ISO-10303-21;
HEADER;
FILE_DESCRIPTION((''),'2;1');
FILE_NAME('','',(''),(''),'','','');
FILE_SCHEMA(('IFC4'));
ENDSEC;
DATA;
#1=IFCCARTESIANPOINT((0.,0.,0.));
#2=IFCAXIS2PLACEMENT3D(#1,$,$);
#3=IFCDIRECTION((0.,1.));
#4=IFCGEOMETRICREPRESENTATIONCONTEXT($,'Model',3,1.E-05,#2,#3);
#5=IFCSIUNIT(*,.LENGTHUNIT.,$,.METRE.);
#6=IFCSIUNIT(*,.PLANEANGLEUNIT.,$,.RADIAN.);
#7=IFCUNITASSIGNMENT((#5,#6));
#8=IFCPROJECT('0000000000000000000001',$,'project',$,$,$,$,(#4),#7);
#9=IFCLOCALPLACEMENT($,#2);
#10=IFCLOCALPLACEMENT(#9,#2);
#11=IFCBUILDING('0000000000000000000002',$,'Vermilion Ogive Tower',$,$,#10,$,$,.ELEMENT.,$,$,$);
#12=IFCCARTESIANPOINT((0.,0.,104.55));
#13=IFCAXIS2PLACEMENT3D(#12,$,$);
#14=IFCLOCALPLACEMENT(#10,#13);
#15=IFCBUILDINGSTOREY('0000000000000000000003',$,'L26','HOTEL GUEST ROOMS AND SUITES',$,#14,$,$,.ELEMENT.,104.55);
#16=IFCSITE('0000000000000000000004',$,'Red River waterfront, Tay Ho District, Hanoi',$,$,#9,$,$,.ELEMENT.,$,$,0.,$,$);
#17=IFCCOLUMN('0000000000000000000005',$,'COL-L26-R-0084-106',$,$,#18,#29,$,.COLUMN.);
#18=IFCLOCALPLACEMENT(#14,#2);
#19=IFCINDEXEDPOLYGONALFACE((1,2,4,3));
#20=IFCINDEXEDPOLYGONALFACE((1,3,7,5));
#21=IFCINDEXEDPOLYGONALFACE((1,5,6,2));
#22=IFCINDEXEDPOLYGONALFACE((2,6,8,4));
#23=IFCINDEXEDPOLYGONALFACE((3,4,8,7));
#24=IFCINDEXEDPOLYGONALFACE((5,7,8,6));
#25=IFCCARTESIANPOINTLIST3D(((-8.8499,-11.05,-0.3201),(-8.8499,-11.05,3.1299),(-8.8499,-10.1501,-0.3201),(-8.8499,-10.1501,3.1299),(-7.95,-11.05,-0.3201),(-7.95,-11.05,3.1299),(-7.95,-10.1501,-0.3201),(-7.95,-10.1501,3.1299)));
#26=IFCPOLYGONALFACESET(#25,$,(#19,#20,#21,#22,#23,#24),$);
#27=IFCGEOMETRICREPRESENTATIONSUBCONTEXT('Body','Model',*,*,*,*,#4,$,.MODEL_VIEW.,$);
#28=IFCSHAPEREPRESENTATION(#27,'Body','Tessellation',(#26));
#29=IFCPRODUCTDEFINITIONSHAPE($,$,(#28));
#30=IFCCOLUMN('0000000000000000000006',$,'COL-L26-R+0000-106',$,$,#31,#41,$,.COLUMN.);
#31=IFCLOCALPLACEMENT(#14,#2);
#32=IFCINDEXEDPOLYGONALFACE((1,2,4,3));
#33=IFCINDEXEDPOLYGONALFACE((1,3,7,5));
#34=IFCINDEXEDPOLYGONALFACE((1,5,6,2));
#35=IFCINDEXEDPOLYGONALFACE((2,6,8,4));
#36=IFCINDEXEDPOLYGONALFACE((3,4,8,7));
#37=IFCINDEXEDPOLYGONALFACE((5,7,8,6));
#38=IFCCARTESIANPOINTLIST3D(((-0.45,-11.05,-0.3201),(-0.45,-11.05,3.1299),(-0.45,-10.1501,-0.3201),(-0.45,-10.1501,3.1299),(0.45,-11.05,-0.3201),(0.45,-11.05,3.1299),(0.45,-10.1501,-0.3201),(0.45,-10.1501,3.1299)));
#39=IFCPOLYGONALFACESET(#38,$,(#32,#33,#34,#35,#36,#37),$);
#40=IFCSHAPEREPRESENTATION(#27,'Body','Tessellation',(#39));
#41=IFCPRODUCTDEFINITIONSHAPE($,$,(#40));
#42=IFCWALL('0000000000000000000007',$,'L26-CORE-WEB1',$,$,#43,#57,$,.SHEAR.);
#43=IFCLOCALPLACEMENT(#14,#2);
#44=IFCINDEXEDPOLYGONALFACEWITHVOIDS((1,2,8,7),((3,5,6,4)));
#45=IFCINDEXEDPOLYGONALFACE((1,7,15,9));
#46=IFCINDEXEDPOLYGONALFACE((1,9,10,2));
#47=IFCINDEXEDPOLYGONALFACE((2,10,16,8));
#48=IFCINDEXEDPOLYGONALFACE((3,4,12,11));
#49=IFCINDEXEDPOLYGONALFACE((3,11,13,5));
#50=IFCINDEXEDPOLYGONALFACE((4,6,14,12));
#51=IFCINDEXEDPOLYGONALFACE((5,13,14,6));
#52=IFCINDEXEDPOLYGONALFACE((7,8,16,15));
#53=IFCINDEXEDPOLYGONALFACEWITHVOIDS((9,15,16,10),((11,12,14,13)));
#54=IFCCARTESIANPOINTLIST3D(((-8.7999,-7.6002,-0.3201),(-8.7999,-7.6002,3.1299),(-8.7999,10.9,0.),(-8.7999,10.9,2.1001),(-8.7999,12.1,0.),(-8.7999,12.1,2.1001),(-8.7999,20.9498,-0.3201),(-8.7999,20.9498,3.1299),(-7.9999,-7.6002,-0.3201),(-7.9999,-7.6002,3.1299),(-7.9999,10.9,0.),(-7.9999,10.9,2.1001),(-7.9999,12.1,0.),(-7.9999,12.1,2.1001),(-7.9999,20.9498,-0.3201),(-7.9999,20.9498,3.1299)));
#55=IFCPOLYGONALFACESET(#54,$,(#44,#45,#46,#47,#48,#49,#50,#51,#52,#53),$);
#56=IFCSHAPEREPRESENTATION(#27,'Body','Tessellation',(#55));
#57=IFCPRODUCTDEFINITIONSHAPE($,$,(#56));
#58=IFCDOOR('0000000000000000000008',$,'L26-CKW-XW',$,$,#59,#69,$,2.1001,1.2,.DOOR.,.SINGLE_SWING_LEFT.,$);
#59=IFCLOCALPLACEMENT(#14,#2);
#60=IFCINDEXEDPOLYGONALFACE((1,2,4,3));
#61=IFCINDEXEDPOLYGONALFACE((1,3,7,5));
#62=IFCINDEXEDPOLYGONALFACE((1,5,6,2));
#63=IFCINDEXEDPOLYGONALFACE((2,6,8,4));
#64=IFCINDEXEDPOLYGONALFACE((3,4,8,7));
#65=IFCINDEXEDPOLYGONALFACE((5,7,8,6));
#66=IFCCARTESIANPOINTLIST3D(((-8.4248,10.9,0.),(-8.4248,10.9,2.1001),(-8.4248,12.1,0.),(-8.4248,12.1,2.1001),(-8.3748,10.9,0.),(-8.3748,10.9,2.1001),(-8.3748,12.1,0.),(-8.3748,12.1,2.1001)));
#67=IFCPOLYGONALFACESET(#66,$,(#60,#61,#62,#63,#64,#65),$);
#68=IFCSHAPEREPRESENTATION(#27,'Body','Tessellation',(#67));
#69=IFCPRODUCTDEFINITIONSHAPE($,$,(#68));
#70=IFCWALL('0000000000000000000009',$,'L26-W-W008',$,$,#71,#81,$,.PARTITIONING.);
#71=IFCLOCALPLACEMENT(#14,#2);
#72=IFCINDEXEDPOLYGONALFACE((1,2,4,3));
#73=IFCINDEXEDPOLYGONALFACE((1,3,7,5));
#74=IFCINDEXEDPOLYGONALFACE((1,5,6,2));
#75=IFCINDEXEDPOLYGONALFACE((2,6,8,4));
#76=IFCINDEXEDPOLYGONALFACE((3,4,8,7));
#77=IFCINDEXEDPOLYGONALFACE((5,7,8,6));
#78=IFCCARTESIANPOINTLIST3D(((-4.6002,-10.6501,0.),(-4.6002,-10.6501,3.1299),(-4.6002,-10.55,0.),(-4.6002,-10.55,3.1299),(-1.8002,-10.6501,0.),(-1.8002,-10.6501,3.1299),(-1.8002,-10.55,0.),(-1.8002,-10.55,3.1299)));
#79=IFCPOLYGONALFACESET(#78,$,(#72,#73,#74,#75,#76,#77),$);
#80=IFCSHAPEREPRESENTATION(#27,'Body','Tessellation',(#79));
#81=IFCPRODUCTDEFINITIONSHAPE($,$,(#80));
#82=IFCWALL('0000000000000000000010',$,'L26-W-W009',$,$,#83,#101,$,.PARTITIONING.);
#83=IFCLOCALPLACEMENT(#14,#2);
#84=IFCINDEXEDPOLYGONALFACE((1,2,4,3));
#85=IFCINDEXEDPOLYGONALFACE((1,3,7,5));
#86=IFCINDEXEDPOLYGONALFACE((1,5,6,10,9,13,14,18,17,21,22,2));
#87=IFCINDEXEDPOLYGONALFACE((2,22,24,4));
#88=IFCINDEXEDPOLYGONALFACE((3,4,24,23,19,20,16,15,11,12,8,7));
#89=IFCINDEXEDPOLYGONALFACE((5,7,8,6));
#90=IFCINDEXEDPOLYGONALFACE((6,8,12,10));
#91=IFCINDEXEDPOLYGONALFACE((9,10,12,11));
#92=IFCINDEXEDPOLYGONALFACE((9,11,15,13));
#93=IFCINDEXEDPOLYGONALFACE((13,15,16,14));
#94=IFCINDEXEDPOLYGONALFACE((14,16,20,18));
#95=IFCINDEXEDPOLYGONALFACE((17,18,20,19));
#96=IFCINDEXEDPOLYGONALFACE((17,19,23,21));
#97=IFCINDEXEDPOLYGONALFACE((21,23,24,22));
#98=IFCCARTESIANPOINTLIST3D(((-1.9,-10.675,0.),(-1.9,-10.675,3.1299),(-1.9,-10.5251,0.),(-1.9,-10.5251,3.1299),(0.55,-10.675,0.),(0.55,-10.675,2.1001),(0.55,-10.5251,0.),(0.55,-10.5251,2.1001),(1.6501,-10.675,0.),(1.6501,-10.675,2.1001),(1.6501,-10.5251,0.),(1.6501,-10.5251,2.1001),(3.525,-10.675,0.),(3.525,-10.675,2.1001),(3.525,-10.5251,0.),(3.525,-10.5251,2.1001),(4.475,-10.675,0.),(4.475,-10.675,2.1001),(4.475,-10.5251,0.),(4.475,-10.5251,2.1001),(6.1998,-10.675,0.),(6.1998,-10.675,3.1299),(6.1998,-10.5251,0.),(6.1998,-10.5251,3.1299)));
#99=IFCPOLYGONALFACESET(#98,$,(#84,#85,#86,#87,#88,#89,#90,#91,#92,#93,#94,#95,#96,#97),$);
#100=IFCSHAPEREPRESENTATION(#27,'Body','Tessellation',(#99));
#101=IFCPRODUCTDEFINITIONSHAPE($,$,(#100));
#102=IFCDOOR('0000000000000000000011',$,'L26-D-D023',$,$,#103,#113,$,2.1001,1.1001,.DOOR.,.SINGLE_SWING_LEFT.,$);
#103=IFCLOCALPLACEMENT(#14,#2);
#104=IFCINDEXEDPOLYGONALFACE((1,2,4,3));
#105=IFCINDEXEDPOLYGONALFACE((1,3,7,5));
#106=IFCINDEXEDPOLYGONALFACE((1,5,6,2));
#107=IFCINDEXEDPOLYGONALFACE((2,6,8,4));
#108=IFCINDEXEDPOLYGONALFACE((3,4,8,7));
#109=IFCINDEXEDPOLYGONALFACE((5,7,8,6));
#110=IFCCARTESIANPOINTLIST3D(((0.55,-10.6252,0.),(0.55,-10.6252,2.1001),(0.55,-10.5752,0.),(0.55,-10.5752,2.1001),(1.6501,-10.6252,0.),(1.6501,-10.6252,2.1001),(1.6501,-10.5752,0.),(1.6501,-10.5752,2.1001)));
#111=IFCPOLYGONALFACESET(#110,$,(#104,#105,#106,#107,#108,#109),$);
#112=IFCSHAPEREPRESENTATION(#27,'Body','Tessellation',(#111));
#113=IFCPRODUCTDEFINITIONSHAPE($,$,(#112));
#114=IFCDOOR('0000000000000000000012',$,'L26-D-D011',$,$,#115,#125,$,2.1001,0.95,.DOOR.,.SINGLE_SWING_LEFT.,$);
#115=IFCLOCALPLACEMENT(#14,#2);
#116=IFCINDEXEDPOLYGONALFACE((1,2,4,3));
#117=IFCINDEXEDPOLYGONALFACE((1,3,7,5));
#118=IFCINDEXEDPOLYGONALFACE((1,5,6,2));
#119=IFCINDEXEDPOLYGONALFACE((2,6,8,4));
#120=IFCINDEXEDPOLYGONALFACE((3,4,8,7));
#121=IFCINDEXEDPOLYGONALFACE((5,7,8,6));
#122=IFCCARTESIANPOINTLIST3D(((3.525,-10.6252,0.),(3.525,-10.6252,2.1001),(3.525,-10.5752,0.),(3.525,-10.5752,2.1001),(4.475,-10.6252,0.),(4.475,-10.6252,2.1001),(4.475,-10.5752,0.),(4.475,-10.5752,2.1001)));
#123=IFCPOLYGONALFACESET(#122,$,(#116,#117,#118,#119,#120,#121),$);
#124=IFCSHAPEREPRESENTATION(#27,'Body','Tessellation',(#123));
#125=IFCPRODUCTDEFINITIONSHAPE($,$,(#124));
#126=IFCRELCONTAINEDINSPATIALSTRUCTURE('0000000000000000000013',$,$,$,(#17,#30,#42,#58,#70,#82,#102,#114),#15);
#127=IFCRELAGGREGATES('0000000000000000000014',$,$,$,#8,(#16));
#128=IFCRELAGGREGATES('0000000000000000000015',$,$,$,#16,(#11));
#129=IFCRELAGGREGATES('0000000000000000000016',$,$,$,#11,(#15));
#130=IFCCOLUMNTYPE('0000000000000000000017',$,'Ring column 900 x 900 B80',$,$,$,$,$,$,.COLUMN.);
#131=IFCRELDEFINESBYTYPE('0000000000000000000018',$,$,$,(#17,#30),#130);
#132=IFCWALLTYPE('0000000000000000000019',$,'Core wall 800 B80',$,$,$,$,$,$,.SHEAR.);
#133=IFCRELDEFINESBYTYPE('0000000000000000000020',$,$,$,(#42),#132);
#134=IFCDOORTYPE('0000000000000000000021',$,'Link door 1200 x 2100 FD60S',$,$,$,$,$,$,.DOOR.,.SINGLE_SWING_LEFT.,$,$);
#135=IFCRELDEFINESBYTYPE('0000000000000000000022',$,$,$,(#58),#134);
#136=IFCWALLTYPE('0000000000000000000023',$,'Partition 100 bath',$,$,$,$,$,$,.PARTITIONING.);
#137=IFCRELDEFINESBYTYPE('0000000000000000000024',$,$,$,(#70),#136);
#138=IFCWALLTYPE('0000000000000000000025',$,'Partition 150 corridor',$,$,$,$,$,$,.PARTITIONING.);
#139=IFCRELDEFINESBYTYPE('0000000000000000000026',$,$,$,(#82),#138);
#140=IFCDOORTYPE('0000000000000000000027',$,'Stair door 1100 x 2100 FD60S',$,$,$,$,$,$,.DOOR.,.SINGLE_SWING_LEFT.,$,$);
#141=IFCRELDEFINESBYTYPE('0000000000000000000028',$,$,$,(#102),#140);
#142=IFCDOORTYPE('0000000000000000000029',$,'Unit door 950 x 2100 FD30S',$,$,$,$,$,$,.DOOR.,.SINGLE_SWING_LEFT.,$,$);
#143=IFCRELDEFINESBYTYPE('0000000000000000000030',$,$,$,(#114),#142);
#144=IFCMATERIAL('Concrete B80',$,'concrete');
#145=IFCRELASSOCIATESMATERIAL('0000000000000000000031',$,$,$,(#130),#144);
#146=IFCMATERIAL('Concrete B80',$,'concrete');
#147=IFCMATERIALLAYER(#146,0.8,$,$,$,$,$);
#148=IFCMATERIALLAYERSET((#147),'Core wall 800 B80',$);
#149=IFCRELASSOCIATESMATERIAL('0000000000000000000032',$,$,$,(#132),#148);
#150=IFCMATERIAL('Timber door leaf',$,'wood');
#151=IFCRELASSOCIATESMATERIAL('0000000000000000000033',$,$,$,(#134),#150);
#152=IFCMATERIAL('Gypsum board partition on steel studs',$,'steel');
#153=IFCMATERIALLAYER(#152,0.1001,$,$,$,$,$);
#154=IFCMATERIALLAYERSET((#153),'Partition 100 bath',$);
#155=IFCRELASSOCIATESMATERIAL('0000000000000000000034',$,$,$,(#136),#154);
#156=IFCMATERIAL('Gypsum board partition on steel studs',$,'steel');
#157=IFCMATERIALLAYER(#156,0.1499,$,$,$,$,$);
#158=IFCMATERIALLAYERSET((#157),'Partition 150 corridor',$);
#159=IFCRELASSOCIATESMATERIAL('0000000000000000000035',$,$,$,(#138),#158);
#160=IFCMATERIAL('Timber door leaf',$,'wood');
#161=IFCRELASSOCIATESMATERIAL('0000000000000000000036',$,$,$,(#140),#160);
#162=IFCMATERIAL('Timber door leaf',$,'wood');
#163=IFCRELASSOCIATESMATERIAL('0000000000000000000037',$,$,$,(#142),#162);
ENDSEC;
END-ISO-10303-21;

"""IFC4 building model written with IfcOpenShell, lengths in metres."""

from ifc_helpers import new_model, si_unit, direction, frame, frame_2d, origin, origin_2d, place, context, subcontext, project, spatial, rectangle, extrude, material, layer, layer_set, material_profile, profile_set, type_object, element, fill, save


model = new_model("IFC4")

# Units and contexts
model_context = context("Model", 3, precision=1e-05, world=origin(), true_north=direction((0.0, 1.0)))
body_context = subcontext(model_context, "Body", "Model", "MODEL_VIEW")
ifc_project = project(units=[si_unit("LENGTHUNIT", "METRE"), si_unit("PLANEANGLEUNIT", "RADIAN")], contexts=[model_context])

# Site, building, storey
site_placement = place(None, origin())
site = spatial("IfcSite", under=ifc_project, at=site_placement, Name="Red River waterfront, Tay Ho District, Hanoi", CompositionType="ELEMENT", RefElevation=0.0)
building_placement = place(site_placement, origin())
building = spatial("IfcBuilding", under=site, at=building_placement, Name="Vermilion Ogive Tower", CompositionType="ELEMENT")
storey_placement = place(building_placement, frame((0.0, 0.0, 104.55)))
storey = spatial("IfcBuildingStorey", under=building, at=storey_placement, Name="L26", Description="HOTEL GUEST ROOMS AND SUITES", CompositionType="ELEMENT", Elevation=104.55)

# Columns
ifc_material_1 = material(Name="Concrete B80", Category="concrete")
ifc_material_profile = material_profile(ifc_material_1, rectangle(XDim=0.8999, YDim=0.8999, at=origin_2d()), Name="900 x 900")
ifc_profile_set = profile_set([ifc_material_profile], Name="Concrete B80")
column_type = type_object("IfcColumnType", Name="Ring column 900 x 900 B80", PredefinedType="COLUMN", material=ifc_profile_set)
for number, where, z_axis, x_axis, name in (
    (1, (-8.3999, -10.6001, -0.3201), (0.0, 0.0, 1.0), (1.0, 0.0, 0.0), "COL-L26-R-0084-106"),
    (2, (0.0, -10.6001, -0.3201), (0.0, 0.0, 1.0), (1.0, 0.0, 0.0), "COL-L26-R+0000-106"),
):
    element("IfcColumn", number, at=place(storey_placement, frame(where, z_axis=z_axis, x_axis=x_axis)), inside=storey, type_object=column_type, Name=name, PredefinedType="COLUMN", context=body_context, shape_type="SweptSolid", body=[
        extrude(rectangle(XDim=0.8999, YDim=0.8999, at=origin_2d()), origin(), (0.0, 0.0, 1.0), 3.45),
    ])

# Wall, opening, door
ifc_material_2 = material(Name="Concrete B80", Category="concrete")
ifc_layer_1 = layer(ifc_material_2, 0.8)
ifc_layer_set_1 = layer_set([ifc_layer_1], Name="Core wall 800 B80")
wall_type_1 = type_object("IfcWallType", Name="Core wall 800 B80", PredefinedType="SHEAR", material=ifc_layer_set_1)
wall_1_placement = place(storey_placement, frame((-8.3999, -7.6001, -0.3201), z_axis=(0.0, 0.0, 1.0), x_axis=(0.0, 1.0, 0.0)))
wall_1 = element("IfcWall", 3, at=wall_1_placement, inside=storey, type_object=wall_type_1, Name="L26-CORE-WEB1", PredefinedType="SHEAR", context=body_context, shape_type="SweptSolid", body=[
    extrude(rectangle(XDim=28.55, YDim=0.8, at=frame_2d((14.2749, 0.0))), origin(), (0.0, 0.0, 1.0), 3.45),
])
opening_1_placement = place(wall_1_placement, frame((18.5, 0.0, 0.3201)))
opening_1 = element("IfcOpeningElement", 4, at=opening_1_placement, cuts=wall_1, PredefinedType="OPENING", context=body_context, shape_type="SweptSolid", body=[
    extrude(rectangle(XDim=1.2, YDim=2.1001, at=frame_2d((0.6001, 1.05))), frame((0.0, 0.4099, 0.0), z_axis=(0.0, -1.0, 0.0), x_axis=(1.0, 0.0, 0.0)), (0.0, 0.0, 1.0), 0.8201),
])
ifc_material_3 = material(Name="Timber door leaf", Category="wood")
door_type_1 = type_object("IfcDoorType", Name="Link door 1200 x 2100 FD60S", OperationType="SINGLE_SWING_LEFT", PredefinedType="DOOR", material=ifc_material_3)
door_1_placement = place(opening_1_placement, origin())
door_1 = element("IfcDoor", 5, at=door_1_placement, inside=storey, type_object=door_type_1, Name="L26-CKW-XW", OperationType="SINGLE_SWING_LEFT", OverallHeight=2.1001, OverallWidth=1.2, PredefinedType="DOOR", context=body_context, shape_type="SweptSolid", body=[
    extrude(rectangle(XDim=1.2, YDim=2.1001, at=frame_2d((0.6001, 1.05))), frame((0.0, 0.0249, 0.0), z_axis=(0.0, -1.0, 0.0), x_axis=(1.0, 0.0, 0.0)), (0.0, 0.0, 1.0), 0.05),
])
fill(opening_1, door_1)

# Wall
ifc_material_4 = material(Name="Gypsum board partition on steel studs", Category="steel")
ifc_layer_2 = layer(ifc_material_4, 0.1001)
ifc_layer_set_2 = layer_set([ifc_layer_2], Name="Partition 100 bath")
wall_type_2 = type_object("IfcWallType", Name="Partition 100 bath", PredefinedType="PARTITIONING", material=ifc_layer_set_2)
wall_2_placement = place(storey_placement, frame((-4.6001, -10.6001, 0.0), z_axis=(0.0, 0.0, 1.0), x_axis=(1.0, 0.0, 0.0)))
element("IfcWall", 6, at=wall_2_placement, inside=storey, type_object=wall_type_2, Name="L26-W-W008", PredefinedType="PARTITIONING", context=body_context, shape_type="SweptSolid", body=[
    extrude(rectangle(XDim=2.8, YDim=0.1001, at=frame_2d((1.3999, 0.0))), origin(), (0.0, 0.0, 1.0), 3.1299),
])

# Wall, openings, doors
ifc_material_5 = material(Name="Gypsum board partition on steel studs", Category="steel")
ifc_layer_3 = layer(ifc_material_5, 0.1499)
ifc_layer_set_3 = layer_set([ifc_layer_3], Name="Partition 150 corridor")
wall_type_3 = type_object("IfcWallType", Name="Partition 150 corridor", PredefinedType="PARTITIONING", material=ifc_layer_set_3)
wall_3_placement = place(storey_placement, frame((-1.8999, -10.6001, 0.0), z_axis=(0.0, 0.0, 1.0), x_axis=(1.0, 0.0, 0.0)))
wall_3 = element("IfcWall", 7, at=wall_3_placement, inside=storey, type_object=wall_type_3, Name="L26-W-W009", PredefinedType="PARTITIONING", context=body_context, shape_type="SweptSolid", body=[
    extrude(rectangle(XDim=8.0999, YDim=0.1499, at=frame_2d((4.0498, 0.0))), origin(), (0.0, 0.0, 1.0), 3.1299),
])
opening_2_placement = place(wall_3_placement, frame((5.4248, 0.0, 0.0)))
opening_2 = element("IfcOpeningElement", 8, at=opening_2_placement, cuts=wall_3, PredefinedType="OPENING", context=body_context, shape_type="SweptSolid", body=[
    extrude(rectangle(XDim=0.95, YDim=2.1001, at=frame_2d((0.4751, 1.05))), frame((0.0, 0.085, 0.0), z_axis=(0.0, -1.0, 0.0), x_axis=(1.0, 0.0, 0.0)), (0.0, 0.0, 1.0), 0.1699),
])
opening_3_placement = place(wall_3_placement, frame((2.45, 0.0, 0.0)))
opening_3 = element("IfcOpeningElement", 9, at=opening_3_placement, cuts=wall_3, PredefinedType="OPENING", context=body_context, shape_type="SweptSolid", body=[
    extrude(rectangle(XDim=1.1001, YDim=2.1001, at=frame_2d((0.55, 1.05))), frame((0.0, 0.085, 0.0), z_axis=(0.0, -1.0, 0.0), x_axis=(1.0, 0.0, 0.0)), (0.0, 0.0, 1.0), 0.1699),
])
ifc_material_6 = material(Name="Timber door leaf", Category="wood")
door_type_2 = type_object("IfcDoorType", Name="Stair door 1100 x 2100 FD60S", OperationType="SINGLE_SWING_LEFT", PredefinedType="DOOR", material=ifc_material_6)
door_2_placement = place(opening_3_placement, origin())
door_2 = element("IfcDoor", 10, at=door_2_placement, inside=storey, type_object=door_type_2, Name="L26-D-D023", OperationType="SINGLE_SWING_LEFT", OverallHeight=2.1001, OverallWidth=1.1001, PredefinedType="DOOR", context=body_context, shape_type="SweptSolid", body=[
    extrude(rectangle(XDim=1.1001, YDim=2.1001, at=frame_2d((0.55, 1.05))), frame((0.0, 0.0249, 0.0), z_axis=(0.0, -1.0, 0.0), x_axis=(1.0, 0.0, 0.0)), (0.0, 0.0, 1.0), 0.05),
])
fill(opening_3, door_2)
ifc_material_7 = material(Name="Timber door leaf", Category="wood")
door_type_3 = type_object("IfcDoorType", Name="Unit door 950 x 2100 FD30S", OperationType="SINGLE_SWING_LEFT", PredefinedType="DOOR", material=ifc_material_7)
door_3_placement = place(opening_2_placement, origin())
door_3 = element("IfcDoor", 11, at=door_3_placement, inside=storey, type_object=door_type_3, Name="L26-D-D011", OperationType="SINGLE_SWING_LEFT", OverallHeight=2.1001, OverallWidth=0.95, PredefinedType="DOOR", context=body_context, shape_type="SweptSolid", body=[
    extrude(rectangle(XDim=0.95, YDim=2.1001, at=frame_2d((0.4751, 1.05))), frame((0.0, 0.0249, 0.0), z_axis=(0.0, -1.0, 0.0), x_axis=(1.0, 0.0, 0.0)), (0.0, 0.0, 1.0), 0.05),
])
fill(opening_2, door_3)

save(model, "model.ifc")
